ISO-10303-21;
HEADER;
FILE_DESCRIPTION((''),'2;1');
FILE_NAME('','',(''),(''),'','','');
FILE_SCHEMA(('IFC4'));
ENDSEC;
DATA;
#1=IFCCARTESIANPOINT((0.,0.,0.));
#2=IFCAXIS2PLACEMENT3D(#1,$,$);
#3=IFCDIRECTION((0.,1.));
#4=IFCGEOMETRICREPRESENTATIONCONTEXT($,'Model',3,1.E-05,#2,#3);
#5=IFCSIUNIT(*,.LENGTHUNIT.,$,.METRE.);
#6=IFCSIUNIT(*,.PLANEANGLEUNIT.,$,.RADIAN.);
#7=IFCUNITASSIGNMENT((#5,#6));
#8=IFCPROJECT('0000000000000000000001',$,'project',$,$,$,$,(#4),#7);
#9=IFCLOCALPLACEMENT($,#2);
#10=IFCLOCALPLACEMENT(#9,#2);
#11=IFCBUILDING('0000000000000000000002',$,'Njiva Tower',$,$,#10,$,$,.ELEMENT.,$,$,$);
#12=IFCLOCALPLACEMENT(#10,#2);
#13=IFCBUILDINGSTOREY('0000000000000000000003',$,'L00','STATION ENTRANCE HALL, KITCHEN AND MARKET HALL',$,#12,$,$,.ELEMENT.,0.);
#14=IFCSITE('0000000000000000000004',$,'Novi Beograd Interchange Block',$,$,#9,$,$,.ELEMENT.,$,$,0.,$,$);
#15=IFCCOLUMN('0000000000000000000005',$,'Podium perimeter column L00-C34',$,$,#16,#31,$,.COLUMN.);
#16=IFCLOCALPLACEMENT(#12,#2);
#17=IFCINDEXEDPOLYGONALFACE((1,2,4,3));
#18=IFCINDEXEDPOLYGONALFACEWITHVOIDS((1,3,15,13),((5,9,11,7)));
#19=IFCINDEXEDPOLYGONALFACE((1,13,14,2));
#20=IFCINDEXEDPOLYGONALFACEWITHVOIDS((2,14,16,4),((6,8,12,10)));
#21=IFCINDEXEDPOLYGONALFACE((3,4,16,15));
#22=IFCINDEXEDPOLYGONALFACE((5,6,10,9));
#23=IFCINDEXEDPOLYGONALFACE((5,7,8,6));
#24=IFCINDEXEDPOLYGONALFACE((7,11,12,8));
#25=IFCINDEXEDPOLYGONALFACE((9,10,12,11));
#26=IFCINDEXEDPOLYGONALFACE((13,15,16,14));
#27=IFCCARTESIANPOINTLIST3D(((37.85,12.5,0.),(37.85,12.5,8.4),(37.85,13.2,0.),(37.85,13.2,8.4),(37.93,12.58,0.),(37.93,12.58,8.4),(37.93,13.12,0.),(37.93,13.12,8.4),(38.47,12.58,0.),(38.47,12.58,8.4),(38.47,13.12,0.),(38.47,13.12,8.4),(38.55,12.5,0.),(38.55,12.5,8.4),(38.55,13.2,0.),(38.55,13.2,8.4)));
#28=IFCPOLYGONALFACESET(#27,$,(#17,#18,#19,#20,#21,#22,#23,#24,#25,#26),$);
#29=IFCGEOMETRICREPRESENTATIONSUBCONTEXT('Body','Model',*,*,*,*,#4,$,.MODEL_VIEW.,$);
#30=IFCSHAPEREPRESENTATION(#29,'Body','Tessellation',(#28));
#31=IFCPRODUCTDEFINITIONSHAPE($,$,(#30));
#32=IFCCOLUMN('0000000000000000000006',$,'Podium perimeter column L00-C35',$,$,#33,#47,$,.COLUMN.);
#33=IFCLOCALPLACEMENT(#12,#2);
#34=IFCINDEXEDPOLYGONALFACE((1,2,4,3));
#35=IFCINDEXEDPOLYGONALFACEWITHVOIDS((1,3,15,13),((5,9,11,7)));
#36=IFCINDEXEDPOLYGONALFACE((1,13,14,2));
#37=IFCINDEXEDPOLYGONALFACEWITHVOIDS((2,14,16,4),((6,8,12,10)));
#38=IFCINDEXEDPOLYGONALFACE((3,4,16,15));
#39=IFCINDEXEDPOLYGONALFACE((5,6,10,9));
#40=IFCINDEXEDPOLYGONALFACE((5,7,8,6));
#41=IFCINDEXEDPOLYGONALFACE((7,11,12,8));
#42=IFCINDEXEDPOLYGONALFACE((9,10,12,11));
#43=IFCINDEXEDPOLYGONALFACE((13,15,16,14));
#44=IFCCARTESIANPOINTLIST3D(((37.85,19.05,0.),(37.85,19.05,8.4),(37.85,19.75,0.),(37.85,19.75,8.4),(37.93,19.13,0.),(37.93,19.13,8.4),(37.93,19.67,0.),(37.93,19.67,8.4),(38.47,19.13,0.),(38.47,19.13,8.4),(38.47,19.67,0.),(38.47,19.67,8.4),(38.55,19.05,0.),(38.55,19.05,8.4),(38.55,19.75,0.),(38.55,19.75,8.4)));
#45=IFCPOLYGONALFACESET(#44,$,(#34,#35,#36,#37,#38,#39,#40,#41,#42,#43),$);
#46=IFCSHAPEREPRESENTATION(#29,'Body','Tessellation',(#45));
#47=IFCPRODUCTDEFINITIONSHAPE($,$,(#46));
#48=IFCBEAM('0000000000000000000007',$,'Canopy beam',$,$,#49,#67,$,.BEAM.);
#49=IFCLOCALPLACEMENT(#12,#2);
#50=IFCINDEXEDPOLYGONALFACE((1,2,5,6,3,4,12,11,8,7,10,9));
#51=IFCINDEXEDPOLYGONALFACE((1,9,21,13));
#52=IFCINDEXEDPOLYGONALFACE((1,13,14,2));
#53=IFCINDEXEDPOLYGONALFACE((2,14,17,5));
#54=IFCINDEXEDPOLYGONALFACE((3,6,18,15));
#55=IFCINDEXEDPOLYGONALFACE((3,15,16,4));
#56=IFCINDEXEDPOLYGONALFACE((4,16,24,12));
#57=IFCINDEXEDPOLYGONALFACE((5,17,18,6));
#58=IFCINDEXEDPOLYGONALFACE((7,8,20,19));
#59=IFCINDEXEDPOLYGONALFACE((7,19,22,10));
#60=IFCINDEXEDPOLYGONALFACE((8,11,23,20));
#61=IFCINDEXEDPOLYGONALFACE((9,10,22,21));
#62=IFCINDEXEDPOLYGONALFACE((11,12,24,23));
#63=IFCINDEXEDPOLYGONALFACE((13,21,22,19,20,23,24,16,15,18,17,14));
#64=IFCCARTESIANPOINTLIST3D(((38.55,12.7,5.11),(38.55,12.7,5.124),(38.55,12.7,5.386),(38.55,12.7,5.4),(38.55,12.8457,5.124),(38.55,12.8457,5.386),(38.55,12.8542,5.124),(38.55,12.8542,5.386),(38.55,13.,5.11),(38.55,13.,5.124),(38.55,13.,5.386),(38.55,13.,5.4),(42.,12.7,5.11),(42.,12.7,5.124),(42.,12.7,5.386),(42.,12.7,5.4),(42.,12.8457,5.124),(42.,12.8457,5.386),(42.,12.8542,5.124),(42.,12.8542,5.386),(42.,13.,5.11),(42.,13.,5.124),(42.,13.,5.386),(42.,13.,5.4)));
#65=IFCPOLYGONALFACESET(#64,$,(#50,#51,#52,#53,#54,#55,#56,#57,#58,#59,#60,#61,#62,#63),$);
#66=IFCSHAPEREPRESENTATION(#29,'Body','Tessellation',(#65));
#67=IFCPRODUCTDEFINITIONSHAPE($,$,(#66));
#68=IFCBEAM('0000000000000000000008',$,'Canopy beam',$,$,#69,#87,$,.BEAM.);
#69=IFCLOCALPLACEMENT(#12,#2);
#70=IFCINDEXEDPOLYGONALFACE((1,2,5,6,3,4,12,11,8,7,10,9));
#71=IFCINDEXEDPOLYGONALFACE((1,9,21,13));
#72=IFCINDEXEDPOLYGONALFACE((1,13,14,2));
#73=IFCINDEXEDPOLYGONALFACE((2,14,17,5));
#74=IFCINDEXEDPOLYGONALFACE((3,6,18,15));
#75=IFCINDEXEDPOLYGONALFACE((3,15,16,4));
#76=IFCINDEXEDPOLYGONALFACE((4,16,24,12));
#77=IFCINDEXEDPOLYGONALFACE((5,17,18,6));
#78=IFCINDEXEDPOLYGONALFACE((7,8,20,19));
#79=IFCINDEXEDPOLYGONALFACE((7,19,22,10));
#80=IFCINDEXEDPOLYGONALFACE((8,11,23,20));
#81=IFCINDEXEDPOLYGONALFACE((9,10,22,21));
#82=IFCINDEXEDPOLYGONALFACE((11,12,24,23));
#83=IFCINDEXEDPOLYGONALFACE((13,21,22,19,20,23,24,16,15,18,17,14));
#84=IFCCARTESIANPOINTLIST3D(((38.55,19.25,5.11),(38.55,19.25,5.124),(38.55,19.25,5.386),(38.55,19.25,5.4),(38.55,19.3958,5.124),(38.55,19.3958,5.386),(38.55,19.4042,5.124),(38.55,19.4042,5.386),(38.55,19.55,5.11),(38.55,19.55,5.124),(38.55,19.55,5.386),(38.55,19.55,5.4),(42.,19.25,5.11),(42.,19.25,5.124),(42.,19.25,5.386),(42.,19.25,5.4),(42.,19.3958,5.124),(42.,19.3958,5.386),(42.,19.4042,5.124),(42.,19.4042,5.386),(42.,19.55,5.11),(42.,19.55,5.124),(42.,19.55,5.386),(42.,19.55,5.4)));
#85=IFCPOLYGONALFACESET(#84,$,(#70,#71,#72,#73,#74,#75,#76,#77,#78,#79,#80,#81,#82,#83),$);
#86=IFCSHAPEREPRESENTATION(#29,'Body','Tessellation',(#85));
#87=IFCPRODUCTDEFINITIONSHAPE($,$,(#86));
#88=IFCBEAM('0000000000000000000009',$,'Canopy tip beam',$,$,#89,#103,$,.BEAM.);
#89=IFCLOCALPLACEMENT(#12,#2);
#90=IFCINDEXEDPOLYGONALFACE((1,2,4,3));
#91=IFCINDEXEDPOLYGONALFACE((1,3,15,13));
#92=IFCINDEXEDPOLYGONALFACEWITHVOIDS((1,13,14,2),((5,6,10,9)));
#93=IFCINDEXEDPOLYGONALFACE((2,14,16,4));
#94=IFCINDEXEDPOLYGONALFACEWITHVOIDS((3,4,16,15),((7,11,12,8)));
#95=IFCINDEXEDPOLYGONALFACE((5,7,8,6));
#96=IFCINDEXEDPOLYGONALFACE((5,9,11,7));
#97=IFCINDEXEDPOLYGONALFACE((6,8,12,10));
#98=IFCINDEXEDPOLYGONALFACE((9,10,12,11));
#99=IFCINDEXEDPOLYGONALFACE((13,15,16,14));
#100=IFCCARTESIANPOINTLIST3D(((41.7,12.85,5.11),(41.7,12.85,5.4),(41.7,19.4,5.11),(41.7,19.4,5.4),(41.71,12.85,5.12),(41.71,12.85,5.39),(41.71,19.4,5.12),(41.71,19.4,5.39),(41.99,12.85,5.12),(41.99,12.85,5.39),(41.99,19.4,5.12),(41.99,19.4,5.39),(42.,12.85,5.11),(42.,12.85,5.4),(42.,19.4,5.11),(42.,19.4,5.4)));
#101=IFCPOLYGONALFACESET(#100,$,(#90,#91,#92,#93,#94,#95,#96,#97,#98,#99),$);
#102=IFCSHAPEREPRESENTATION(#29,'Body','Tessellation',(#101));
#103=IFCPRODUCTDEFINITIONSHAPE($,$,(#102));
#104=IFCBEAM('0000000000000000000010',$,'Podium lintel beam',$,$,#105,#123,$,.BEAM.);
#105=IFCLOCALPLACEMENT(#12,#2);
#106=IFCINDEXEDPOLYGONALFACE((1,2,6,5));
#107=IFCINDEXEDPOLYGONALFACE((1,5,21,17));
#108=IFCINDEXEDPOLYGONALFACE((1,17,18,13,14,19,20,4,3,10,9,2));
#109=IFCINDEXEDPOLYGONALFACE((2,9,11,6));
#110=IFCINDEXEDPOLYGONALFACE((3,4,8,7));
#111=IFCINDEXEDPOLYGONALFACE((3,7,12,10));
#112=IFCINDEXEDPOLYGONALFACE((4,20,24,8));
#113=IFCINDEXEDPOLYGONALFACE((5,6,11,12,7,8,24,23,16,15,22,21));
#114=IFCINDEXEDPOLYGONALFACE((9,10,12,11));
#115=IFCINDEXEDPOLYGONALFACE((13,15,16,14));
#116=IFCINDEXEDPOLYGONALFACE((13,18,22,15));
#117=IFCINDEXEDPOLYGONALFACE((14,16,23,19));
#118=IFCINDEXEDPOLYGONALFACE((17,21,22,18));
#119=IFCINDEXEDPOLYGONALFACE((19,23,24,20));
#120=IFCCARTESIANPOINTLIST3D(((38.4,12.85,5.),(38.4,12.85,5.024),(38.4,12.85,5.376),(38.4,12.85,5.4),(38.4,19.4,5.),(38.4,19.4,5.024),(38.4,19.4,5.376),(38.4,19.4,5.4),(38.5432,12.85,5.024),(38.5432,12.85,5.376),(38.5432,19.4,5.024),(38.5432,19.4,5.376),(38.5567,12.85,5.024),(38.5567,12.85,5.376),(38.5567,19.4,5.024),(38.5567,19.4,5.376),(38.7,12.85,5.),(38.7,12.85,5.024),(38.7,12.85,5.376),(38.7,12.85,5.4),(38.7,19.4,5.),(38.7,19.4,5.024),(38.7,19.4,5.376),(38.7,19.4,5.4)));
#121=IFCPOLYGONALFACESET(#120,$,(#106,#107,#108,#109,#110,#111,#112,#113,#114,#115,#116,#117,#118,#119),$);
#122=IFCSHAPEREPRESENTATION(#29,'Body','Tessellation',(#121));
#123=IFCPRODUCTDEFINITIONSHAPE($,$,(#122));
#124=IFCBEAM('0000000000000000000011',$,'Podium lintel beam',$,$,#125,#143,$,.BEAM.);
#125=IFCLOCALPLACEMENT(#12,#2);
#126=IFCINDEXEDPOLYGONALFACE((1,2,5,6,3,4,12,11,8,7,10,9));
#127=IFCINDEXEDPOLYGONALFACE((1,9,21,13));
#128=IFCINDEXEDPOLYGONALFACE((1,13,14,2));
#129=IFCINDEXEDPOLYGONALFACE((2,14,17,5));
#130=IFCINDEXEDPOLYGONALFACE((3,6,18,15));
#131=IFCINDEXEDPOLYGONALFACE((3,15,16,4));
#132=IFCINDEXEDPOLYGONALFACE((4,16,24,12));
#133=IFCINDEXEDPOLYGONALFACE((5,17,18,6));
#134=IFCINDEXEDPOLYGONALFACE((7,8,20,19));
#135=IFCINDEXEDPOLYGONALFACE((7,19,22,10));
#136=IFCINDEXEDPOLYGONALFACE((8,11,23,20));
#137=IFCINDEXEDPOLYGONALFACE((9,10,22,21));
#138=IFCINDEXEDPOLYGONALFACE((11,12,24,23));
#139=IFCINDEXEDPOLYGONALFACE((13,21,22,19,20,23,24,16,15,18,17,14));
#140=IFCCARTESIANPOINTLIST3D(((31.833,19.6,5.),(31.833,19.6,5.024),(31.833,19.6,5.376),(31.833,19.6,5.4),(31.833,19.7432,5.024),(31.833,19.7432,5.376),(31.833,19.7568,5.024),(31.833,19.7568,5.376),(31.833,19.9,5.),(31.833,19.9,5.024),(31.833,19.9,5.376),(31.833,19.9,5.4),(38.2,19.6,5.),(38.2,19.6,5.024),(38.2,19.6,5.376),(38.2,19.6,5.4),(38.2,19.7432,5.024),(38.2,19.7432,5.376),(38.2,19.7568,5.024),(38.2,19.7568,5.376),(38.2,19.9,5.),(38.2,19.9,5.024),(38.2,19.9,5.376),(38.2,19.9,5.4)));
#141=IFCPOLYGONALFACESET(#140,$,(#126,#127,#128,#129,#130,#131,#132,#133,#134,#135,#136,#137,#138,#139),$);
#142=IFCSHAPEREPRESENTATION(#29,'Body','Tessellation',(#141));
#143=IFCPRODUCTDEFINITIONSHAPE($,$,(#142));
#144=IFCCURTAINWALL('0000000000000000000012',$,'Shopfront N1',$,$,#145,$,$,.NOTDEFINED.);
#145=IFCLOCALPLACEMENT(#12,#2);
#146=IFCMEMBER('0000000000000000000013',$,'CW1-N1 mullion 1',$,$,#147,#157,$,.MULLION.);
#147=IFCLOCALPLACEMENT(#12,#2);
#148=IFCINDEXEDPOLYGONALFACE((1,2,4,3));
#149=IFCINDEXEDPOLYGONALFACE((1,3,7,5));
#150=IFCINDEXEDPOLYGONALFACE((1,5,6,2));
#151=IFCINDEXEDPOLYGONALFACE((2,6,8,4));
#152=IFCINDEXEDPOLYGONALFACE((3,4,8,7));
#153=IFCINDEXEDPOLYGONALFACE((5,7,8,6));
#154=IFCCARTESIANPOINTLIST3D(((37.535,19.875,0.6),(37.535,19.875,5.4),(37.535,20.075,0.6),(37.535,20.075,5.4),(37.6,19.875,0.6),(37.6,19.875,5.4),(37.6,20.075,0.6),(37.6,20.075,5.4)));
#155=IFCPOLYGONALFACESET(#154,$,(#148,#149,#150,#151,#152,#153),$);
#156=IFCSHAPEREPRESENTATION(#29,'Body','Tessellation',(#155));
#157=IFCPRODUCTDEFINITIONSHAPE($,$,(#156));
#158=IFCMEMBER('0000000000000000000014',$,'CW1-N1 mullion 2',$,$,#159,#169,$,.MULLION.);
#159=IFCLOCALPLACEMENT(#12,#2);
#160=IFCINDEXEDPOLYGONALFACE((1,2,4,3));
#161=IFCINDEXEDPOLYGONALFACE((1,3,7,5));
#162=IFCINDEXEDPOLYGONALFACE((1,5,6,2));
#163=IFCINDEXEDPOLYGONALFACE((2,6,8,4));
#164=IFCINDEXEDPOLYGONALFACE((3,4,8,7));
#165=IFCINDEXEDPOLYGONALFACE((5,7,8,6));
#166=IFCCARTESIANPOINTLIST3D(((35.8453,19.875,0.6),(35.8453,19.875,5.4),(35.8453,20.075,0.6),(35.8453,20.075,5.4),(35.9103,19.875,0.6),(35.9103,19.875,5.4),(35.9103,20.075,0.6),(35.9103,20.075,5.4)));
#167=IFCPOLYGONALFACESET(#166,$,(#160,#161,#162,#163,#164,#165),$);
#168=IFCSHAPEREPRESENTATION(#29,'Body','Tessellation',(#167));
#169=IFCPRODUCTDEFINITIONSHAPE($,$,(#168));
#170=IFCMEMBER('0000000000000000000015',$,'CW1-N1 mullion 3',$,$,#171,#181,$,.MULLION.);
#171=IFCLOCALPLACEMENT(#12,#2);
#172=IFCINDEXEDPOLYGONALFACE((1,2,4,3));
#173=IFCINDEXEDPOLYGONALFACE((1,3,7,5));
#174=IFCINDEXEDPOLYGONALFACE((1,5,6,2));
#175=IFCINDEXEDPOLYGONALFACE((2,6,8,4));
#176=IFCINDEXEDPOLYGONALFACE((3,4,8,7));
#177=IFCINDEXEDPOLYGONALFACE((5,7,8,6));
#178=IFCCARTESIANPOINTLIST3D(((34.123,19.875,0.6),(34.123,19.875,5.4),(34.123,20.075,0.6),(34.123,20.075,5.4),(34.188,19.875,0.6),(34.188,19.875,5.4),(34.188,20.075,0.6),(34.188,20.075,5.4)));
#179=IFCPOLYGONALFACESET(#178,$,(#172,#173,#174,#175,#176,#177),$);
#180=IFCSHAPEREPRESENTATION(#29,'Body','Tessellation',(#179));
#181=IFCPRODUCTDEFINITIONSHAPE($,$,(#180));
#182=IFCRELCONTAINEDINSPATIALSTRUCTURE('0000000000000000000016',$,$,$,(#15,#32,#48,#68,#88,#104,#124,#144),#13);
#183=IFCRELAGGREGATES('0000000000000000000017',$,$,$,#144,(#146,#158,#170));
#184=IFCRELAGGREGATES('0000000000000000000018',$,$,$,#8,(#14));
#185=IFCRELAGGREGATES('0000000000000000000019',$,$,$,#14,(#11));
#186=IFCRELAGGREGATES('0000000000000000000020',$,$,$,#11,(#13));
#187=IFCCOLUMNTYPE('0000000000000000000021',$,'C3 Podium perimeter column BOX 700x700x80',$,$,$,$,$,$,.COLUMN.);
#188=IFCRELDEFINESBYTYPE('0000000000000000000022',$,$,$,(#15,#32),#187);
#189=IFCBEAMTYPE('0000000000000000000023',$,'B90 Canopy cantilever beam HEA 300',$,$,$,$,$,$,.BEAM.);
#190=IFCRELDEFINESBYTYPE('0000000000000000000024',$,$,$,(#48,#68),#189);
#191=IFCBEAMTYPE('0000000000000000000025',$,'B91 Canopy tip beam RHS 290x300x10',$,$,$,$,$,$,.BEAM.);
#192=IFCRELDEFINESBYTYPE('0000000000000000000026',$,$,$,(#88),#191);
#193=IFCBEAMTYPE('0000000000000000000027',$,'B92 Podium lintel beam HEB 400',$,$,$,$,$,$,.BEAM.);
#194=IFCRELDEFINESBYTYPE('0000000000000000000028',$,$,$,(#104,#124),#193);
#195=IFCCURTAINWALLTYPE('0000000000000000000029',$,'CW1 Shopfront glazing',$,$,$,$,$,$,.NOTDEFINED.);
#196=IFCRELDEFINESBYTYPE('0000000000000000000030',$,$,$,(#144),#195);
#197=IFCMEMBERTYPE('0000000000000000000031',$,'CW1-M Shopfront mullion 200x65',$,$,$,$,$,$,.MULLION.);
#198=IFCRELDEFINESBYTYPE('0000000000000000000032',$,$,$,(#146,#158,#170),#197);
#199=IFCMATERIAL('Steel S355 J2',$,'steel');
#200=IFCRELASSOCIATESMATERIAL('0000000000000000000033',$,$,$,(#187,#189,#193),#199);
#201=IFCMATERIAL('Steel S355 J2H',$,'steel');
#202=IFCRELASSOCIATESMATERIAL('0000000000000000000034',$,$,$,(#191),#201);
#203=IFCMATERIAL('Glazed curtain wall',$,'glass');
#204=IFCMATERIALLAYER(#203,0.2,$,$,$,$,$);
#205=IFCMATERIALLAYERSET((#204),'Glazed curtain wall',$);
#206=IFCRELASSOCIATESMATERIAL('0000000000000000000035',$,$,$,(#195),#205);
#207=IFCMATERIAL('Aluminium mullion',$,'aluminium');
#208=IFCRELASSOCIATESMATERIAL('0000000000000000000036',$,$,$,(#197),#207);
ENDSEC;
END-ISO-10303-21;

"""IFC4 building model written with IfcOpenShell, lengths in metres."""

from ifc_helpers import new_model, si_unit, direction, frame, origin, origin_2d, place, context, subcontext, project, spatial, rectangle, hollow_rectangle, i_section, extrude, material, layer, layer_set, material_profile, profile_set, type_object, element, aggregate, save


model = new_model("IFC4")

# Units and contexts
model_context = context("Model", 3, precision=1e-05, world=origin(), true_north=direction((0.0, 1.0)))
body_context = subcontext(model_context, "Body", "Model", "MODEL_VIEW")
ifc_project = project(units=[si_unit("LENGTHUNIT", "METRE"), si_unit("PLANEANGLEUNIT", "RADIAN")], contexts=[model_context])

# Site, building, storey
site_placement = place(None, origin())
site = spatial("IfcSite", under=ifc_project, at=site_placement, Name="Novi Beograd Interchange Block", CompositionType="ELEMENT", RefElevation=0.0)
building_placement = place(site_placement, origin())
building = spatial("IfcBuilding", under=site, at=building_placement, Name="Njiva Tower", CompositionType="ELEMENT")
storey_placement = place(building_placement, origin())
storey = spatial("IfcBuildingStorey", under=building, at=storey_placement, Name="L00", Description="STATION ENTRANCE HALL, KITCHEN AND MARKET HALL", CompositionType="ELEMENT", Elevation=0.0)

# Columns
ifc_material_1 = material(Name="Steel S355 J2", Category="steel")
ifc_material_profile_1 = material_profile(ifc_material_1, hollow_rectangle(XDim=0.7, YDim=0.7, WallThickness=0.08, at=origin_2d()), Name="BOX 700x700x80")
ifc_profile_set_1 = profile_set([ifc_material_profile_1], Name="Steel S355 J2")
column_type = type_object("IfcColumnType", Name="C3 Podium perimeter column BOX 700x700x80", PredefinedType="COLUMN", material=ifc_profile_set_1)
for number, where, z_axis, x_axis, name in (
    (1, (38.2, 12.85, 0.0), (0.0, 0.0, 1.0), (0.0, 1.0, 0.0), "Podium perimeter column L00-C34"),
    (2, (38.2, 19.4, 0.0), (0.0, 0.0, 1.0), (-1.0, 0.0, 0.0), "Podium perimeter column L00-C35"),
):
    element("IfcColumn", number, at=place(storey_placement, frame(where, z_axis=z_axis, x_axis=x_axis)), inside=storey, type_object=column_type, Name=name, PredefinedType="COLUMN", context=body_context, shape_type="SweptSolid", body=[
        extrude(hollow_rectangle(XDim=0.7, YDim=0.7, WallThickness=0.08, at=origin_2d()), origin(), (0.0, 0.0, 1.0), 8.4),
    ])

# Beams
ifc_material_profile_2 = material_profile(ifc_material_1, i_section(OverallWidth=0.3, OverallDepth=0.29, WebThickness=0.0085, FlangeThickness=0.014, at=origin_2d()), Name="HEA300")
ifc_profile_set_2 = profile_set([ifc_material_profile_2], Name="Steel S355 J2")
beam_type_1 = type_object("IfcBeamType", Name="B90 Canopy cantilever beam HEA 300", PredefinedType="BEAM", material=ifc_profile_set_2)
for number, where, z_axis, x_axis, name in (
    (3, (38.55, 12.85, 5.255), (1.0, 0.0, 0.0), (0.0, 1.0, 0.0), "Canopy beam"),
    (4, (38.55, 19.4, 5.255), (1.0, 0.0, 0.0), (0.0, 1.0, 0.0), "Canopy beam"),
):
    element("IfcBeam", number, at=place(storey_placement, frame(where, z_axis=z_axis, x_axis=x_axis)), inside=storey, type_object=beam_type_1, Name=name, PredefinedType="BEAM", context=body_context, shape_type="SweptSolid", body=[
        extrude(i_section(OverallWidth=0.3, OverallDepth=0.29, WebThickness=0.0085, FlangeThickness=0.014, at=origin_2d()), origin(), (0.0, 0.0, 1.0), 3.45),
    ])
ifc_material_2 = material(Name="Steel S355 J2H", Category="steel")
ifc_material_profile_3 = material_profile(ifc_material_2, hollow_rectangle(XDim=0.3, YDim=0.29, WallThickness=0.01, at=origin_2d()), Name="BOX 290x300x10")
ifc_profile_set_3 = profile_set([ifc_material_profile_3], Name="Steel S355 J2H")
beam_type_2 = type_object("IfcBeamType", Name="B91 Canopy tip beam RHS 290x300x10", PredefinedType="BEAM", material=ifc_profile_set_3)
beam_1_placement = place(storey_placement, frame((41.85, 12.85, 5.255), z_axis=(0.0, 1.0, 0.0), x_axis=(-1.0, 0.0, 0.0)))
element("IfcBeam", 5, at=beam_1_placement, inside=storey, type_object=beam_type_2, Name="Canopy tip beam", PredefinedType="BEAM", context=body_context, shape_type="SweptSolid", body=[
    extrude(hollow_rectangle(XDim=0.3, YDim=0.29, WallThickness=0.01, at=origin_2d()), origin(), (0.0, 0.0, 1.0), 6.55),
])
ifc_material_profile_4 = material_profile(ifc_material_1, i_section(OverallWidth=0.3, OverallDepth=0.4, WebThickness=0.0135, FlangeThickness=0.024, at=origin_2d()), Name="HEB400")
ifc_profile_set_4 = profile_set([ifc_material_profile_4], Name="Steel S355 J2")
beam_type_3 = type_object("IfcBeamType", Name="B92 Podium lintel beam HEB 400", PredefinedType="BEAM", material=ifc_profile_set_4)
beam_2_placement = place(storey_placement, frame((38.55, 12.85, 5.2), z_axis=(0.0, 1.0, 0.0), x_axis=(-1.0, 0.0, 0.0)))
element("IfcBeam", 6, at=beam_2_placement, inside=storey, type_object=beam_type_3, Name="Podium lintel beam", PredefinedType="BEAM", context=body_context, shape_type="SweptSolid", body=[
    extrude(i_section(OverallWidth=0.3, OverallDepth=0.4, WebThickness=0.0135, FlangeThickness=0.024, at=origin_2d()), origin(), (0.0, 0.0, 1.0), 6.55),
])
beam_3_placement = place(storey_placement, frame((38.2, 19.75, 5.2), z_axis=(-1.0, 0.0, 0.0), x_axis=(0.0, -1.0, 0.0)))
element("IfcBeam", 7, at=beam_3_placement, inside=storey, type_object=beam_type_3, Name="Podium lintel beam", PredefinedType="BEAM", context=body_context, shape_type="SweptSolid", body=[
    extrude(i_section(OverallWidth=0.3, OverallDepth=0.4, WebThickness=0.0135, FlangeThickness=0.024, at=origin_2d()), origin(), (0.0, 0.0, 1.0), 6.367),
])

# Curtain wall, members
ifc_material_3 = material(Name="Glazed curtain wall", Category="glass")
ifc_layer_1 = layer(ifc_material_3, 0.2)
ifc_layer_set_1 = layer_set([ifc_layer_1], Name="Glazed curtain wall")
curtain_wall_type = type_object("IfcCurtainWallType", Name="CW1 Shopfront glazing", PredefinedType="NOTDEFINED", material=ifc_layer_set_1)
curtain_wall_placement = place(storey_placement, origin())
curtain_wall = element("IfcCurtainWall", 8, at=curtain_wall_placement, inside=storey, type_object=curtain_wall_type, Name="Shopfront N1", PredefinedType="NOTDEFINED")
ifc_material_4 = material(Name="Aluminium mullion", Category="aluminium")
ifc_material_profile_5 = material_profile(ifc_material_4, rectangle(XDim=0.2, YDim=0.065, at=origin_2d()), Name="RECT 200x65")
ifc_profile_set_5 = profile_set([ifc_material_profile_5], Name="Aluminium mullion")
member_type_1 = type_object("IfcMemberType", Name="CW1-M Shopfront mullion 200x65", PredefinedType="MULLION", material=ifc_profile_set_5)
member_1_placement = place(storey_placement, frame((37.5675, 19.975, 0.6), z_axis=(0.0, 0.0, 1.0), x_axis=(0.0, -1.0, 0.0)))
member_1 = element("IfcMember", 9, at=member_1_placement, type_object=member_type_1, Name="CW1-N1 mullion 1", PredefinedType="MULLION", context=body_context, shape_type="SweptSolid", body=[
    extrude(rectangle(XDim=0.2, YDim=0.065, at=origin_2d()), origin(), (0.0, 0.0, 1.0), 4.8),
])
member_2_placement = place(storey_placement, frame((35.8778, 19.975, 0.6), z_axis=(0.0, 0.0, 1.0), x_axis=(0.0, -1.0, 0.0)))
member_2 = element("IfcMember", 10, at=member_2_placement, type_object=member_type_1, Name="CW1-N1 mullion 2", PredefinedType="MULLION", context=body_context, shape_type="SweptSolid", body=[
    extrude(rectangle(XDim=0.2, YDim=0.065, at=origin_2d()), origin(), (0.0, 0.0, 1.0), 4.8),
])
member_3_placement = place(storey_placement, frame((34.1555, 19.975, 0.6), z_axis=(0.0, 0.0, 1.0), x_axis=(0.0, -1.0, 0.0)))
member_3 = element("IfcMember", 11, at=member_3_placement, type_object=member_type_1, Name="CW1-N1 mullion 3", PredefinedType="MULLION", context=body_context, shape_type="SweptSolid", body=[
    extrude(rectangle(XDim=0.2, YDim=0.065, at=origin_2d()), origin(), (0.0, 0.0, 1.0), 4.8),
])
aggregate(curtain_wall, [member_1, member_2, member_3])

save(model, "model.ifc")
